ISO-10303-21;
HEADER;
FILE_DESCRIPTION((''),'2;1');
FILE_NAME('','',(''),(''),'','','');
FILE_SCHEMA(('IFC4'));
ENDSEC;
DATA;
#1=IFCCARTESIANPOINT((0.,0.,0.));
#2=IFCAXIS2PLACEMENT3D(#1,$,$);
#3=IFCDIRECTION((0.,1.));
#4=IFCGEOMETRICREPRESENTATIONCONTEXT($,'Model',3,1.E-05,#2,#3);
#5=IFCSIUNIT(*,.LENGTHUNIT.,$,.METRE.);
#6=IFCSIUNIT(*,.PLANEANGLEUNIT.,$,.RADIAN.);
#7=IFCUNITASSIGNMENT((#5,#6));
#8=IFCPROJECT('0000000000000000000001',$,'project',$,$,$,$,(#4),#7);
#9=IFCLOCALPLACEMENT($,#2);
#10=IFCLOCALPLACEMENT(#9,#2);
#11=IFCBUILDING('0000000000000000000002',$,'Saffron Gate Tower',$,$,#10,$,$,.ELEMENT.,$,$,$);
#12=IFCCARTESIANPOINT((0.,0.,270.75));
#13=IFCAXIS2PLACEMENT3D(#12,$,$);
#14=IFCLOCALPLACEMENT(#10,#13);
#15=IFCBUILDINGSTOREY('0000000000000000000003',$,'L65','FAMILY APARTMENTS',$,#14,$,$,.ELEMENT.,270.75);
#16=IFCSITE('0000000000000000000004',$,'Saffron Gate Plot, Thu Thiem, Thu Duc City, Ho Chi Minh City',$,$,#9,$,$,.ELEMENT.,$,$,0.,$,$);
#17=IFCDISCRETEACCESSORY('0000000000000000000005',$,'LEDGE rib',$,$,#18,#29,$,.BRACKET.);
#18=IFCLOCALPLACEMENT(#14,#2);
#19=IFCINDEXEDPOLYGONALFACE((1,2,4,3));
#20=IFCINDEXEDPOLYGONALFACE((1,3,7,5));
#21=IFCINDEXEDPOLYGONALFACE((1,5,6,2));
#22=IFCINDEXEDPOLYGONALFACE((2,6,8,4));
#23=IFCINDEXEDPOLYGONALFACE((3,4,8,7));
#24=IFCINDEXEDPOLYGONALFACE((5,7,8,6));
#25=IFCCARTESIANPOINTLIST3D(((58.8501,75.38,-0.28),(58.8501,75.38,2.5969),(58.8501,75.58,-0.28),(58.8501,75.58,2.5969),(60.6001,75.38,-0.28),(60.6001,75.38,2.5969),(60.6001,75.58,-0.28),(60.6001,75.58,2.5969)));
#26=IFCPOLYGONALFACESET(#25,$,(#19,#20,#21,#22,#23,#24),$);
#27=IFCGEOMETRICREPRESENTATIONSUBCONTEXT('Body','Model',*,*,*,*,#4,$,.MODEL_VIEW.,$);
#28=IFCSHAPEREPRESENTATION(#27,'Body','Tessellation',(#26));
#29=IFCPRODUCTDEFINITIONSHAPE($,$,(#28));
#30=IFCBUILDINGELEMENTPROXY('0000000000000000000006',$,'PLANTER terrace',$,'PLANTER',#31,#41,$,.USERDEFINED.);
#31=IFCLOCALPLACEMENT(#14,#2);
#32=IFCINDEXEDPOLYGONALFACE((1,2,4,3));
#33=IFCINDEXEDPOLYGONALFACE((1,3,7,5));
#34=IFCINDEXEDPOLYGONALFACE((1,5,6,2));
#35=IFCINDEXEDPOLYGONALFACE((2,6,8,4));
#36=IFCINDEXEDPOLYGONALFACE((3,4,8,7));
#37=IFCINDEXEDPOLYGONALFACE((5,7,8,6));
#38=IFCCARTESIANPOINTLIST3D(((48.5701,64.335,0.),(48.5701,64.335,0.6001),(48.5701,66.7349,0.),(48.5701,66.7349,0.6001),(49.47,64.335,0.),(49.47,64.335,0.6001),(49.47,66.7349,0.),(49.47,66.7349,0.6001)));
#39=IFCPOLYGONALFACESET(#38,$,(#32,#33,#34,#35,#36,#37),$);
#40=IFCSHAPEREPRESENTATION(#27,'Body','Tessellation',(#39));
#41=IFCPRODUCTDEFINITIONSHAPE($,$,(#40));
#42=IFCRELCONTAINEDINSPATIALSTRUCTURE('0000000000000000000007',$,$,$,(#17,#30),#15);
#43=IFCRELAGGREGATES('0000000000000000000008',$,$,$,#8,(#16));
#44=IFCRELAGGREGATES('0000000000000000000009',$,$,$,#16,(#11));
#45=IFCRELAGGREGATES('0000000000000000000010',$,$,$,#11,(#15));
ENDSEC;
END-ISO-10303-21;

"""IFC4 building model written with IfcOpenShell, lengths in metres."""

from ifc_helpers import new_model, si_unit, direction, frame, origin, origin_2d, place, context, subcontext, project, spatial, rectangle, extrude, element, save


model = new_model("IFC4")

# Units and contexts
model_context = context("Model", 3, precision=1e-05, world=origin(), true_north=direction((0.0, 1.0)))
body_context = subcontext(model_context, "Body", "Model", "MODEL_VIEW")
ifc_project = project(units=[si_unit("LENGTHUNIT", "METRE"), si_unit("PLANEANGLEUNIT", "RADIAN")], contexts=[model_context])

# Site, building, storey
site_placement = place(None, origin())
site = spatial("IfcSite", under=ifc_project, at=site_placement, Name="Saffron Gate Plot, Thu Thiem, Thu Duc City, Ho Chi Minh City", CompositionType="ELEMENT", RefElevation=0.0)
building_placement = place(site_placement, origin())
building = spatial("IfcBuilding", under=site, at=building_placement, Name="Saffron Gate Tower", CompositionType="ELEMENT")
storey_placement = place(building_placement, frame((0.0, 0.0, 270.75)))
storey = spatial("IfcBuildingStorey", under=building, at=storey_placement, Name="L65", Description="FAMILY APARTMENTS", CompositionType="ELEMENT", Elevation=270.75)

# Discrete accessory
discrete_accessory_placement = place(storey_placement, frame((59.7251, 75.48, -0.28), z_axis=(0.0, 0.0, 1.0), x_axis=(0.0, -1.0, 0.0)))
element("IfcDiscreteAccessory", 1, at=discrete_accessory_placement, inside=storey, Name="LEDGE rib", PredefinedType="BRACKET", context=body_context, shape_type="SweptSolid", body=[
    extrude(rectangle(XDim=0.2, YDim=1.75, at=origin_2d()), origin(), (0.0, 0.0, 1.0), 2.877),
])

# Building element proxy
proxy_placement = place(storey_placement, frame((49.02, 65.5349, 0.0), z_axis=(0.0, 0.0, 1.0), x_axis=(0.0, -1.0, 0.0)))
element("IfcBuildingElementProxy", 2, at=proxy_placement, inside=storey, Name="PLANTER terrace", ObjectType="PLANTER", PredefinedType="USERDEFINED", context=body_context, shape_type="SweptSolid", body=[
    extrude(rectangle(XDim=2.3999, YDim=0.8999, at=origin_2d()), origin(), (0.0, 0.0, 1.0), 0.6001),
])

save(model, "model.ifc")
